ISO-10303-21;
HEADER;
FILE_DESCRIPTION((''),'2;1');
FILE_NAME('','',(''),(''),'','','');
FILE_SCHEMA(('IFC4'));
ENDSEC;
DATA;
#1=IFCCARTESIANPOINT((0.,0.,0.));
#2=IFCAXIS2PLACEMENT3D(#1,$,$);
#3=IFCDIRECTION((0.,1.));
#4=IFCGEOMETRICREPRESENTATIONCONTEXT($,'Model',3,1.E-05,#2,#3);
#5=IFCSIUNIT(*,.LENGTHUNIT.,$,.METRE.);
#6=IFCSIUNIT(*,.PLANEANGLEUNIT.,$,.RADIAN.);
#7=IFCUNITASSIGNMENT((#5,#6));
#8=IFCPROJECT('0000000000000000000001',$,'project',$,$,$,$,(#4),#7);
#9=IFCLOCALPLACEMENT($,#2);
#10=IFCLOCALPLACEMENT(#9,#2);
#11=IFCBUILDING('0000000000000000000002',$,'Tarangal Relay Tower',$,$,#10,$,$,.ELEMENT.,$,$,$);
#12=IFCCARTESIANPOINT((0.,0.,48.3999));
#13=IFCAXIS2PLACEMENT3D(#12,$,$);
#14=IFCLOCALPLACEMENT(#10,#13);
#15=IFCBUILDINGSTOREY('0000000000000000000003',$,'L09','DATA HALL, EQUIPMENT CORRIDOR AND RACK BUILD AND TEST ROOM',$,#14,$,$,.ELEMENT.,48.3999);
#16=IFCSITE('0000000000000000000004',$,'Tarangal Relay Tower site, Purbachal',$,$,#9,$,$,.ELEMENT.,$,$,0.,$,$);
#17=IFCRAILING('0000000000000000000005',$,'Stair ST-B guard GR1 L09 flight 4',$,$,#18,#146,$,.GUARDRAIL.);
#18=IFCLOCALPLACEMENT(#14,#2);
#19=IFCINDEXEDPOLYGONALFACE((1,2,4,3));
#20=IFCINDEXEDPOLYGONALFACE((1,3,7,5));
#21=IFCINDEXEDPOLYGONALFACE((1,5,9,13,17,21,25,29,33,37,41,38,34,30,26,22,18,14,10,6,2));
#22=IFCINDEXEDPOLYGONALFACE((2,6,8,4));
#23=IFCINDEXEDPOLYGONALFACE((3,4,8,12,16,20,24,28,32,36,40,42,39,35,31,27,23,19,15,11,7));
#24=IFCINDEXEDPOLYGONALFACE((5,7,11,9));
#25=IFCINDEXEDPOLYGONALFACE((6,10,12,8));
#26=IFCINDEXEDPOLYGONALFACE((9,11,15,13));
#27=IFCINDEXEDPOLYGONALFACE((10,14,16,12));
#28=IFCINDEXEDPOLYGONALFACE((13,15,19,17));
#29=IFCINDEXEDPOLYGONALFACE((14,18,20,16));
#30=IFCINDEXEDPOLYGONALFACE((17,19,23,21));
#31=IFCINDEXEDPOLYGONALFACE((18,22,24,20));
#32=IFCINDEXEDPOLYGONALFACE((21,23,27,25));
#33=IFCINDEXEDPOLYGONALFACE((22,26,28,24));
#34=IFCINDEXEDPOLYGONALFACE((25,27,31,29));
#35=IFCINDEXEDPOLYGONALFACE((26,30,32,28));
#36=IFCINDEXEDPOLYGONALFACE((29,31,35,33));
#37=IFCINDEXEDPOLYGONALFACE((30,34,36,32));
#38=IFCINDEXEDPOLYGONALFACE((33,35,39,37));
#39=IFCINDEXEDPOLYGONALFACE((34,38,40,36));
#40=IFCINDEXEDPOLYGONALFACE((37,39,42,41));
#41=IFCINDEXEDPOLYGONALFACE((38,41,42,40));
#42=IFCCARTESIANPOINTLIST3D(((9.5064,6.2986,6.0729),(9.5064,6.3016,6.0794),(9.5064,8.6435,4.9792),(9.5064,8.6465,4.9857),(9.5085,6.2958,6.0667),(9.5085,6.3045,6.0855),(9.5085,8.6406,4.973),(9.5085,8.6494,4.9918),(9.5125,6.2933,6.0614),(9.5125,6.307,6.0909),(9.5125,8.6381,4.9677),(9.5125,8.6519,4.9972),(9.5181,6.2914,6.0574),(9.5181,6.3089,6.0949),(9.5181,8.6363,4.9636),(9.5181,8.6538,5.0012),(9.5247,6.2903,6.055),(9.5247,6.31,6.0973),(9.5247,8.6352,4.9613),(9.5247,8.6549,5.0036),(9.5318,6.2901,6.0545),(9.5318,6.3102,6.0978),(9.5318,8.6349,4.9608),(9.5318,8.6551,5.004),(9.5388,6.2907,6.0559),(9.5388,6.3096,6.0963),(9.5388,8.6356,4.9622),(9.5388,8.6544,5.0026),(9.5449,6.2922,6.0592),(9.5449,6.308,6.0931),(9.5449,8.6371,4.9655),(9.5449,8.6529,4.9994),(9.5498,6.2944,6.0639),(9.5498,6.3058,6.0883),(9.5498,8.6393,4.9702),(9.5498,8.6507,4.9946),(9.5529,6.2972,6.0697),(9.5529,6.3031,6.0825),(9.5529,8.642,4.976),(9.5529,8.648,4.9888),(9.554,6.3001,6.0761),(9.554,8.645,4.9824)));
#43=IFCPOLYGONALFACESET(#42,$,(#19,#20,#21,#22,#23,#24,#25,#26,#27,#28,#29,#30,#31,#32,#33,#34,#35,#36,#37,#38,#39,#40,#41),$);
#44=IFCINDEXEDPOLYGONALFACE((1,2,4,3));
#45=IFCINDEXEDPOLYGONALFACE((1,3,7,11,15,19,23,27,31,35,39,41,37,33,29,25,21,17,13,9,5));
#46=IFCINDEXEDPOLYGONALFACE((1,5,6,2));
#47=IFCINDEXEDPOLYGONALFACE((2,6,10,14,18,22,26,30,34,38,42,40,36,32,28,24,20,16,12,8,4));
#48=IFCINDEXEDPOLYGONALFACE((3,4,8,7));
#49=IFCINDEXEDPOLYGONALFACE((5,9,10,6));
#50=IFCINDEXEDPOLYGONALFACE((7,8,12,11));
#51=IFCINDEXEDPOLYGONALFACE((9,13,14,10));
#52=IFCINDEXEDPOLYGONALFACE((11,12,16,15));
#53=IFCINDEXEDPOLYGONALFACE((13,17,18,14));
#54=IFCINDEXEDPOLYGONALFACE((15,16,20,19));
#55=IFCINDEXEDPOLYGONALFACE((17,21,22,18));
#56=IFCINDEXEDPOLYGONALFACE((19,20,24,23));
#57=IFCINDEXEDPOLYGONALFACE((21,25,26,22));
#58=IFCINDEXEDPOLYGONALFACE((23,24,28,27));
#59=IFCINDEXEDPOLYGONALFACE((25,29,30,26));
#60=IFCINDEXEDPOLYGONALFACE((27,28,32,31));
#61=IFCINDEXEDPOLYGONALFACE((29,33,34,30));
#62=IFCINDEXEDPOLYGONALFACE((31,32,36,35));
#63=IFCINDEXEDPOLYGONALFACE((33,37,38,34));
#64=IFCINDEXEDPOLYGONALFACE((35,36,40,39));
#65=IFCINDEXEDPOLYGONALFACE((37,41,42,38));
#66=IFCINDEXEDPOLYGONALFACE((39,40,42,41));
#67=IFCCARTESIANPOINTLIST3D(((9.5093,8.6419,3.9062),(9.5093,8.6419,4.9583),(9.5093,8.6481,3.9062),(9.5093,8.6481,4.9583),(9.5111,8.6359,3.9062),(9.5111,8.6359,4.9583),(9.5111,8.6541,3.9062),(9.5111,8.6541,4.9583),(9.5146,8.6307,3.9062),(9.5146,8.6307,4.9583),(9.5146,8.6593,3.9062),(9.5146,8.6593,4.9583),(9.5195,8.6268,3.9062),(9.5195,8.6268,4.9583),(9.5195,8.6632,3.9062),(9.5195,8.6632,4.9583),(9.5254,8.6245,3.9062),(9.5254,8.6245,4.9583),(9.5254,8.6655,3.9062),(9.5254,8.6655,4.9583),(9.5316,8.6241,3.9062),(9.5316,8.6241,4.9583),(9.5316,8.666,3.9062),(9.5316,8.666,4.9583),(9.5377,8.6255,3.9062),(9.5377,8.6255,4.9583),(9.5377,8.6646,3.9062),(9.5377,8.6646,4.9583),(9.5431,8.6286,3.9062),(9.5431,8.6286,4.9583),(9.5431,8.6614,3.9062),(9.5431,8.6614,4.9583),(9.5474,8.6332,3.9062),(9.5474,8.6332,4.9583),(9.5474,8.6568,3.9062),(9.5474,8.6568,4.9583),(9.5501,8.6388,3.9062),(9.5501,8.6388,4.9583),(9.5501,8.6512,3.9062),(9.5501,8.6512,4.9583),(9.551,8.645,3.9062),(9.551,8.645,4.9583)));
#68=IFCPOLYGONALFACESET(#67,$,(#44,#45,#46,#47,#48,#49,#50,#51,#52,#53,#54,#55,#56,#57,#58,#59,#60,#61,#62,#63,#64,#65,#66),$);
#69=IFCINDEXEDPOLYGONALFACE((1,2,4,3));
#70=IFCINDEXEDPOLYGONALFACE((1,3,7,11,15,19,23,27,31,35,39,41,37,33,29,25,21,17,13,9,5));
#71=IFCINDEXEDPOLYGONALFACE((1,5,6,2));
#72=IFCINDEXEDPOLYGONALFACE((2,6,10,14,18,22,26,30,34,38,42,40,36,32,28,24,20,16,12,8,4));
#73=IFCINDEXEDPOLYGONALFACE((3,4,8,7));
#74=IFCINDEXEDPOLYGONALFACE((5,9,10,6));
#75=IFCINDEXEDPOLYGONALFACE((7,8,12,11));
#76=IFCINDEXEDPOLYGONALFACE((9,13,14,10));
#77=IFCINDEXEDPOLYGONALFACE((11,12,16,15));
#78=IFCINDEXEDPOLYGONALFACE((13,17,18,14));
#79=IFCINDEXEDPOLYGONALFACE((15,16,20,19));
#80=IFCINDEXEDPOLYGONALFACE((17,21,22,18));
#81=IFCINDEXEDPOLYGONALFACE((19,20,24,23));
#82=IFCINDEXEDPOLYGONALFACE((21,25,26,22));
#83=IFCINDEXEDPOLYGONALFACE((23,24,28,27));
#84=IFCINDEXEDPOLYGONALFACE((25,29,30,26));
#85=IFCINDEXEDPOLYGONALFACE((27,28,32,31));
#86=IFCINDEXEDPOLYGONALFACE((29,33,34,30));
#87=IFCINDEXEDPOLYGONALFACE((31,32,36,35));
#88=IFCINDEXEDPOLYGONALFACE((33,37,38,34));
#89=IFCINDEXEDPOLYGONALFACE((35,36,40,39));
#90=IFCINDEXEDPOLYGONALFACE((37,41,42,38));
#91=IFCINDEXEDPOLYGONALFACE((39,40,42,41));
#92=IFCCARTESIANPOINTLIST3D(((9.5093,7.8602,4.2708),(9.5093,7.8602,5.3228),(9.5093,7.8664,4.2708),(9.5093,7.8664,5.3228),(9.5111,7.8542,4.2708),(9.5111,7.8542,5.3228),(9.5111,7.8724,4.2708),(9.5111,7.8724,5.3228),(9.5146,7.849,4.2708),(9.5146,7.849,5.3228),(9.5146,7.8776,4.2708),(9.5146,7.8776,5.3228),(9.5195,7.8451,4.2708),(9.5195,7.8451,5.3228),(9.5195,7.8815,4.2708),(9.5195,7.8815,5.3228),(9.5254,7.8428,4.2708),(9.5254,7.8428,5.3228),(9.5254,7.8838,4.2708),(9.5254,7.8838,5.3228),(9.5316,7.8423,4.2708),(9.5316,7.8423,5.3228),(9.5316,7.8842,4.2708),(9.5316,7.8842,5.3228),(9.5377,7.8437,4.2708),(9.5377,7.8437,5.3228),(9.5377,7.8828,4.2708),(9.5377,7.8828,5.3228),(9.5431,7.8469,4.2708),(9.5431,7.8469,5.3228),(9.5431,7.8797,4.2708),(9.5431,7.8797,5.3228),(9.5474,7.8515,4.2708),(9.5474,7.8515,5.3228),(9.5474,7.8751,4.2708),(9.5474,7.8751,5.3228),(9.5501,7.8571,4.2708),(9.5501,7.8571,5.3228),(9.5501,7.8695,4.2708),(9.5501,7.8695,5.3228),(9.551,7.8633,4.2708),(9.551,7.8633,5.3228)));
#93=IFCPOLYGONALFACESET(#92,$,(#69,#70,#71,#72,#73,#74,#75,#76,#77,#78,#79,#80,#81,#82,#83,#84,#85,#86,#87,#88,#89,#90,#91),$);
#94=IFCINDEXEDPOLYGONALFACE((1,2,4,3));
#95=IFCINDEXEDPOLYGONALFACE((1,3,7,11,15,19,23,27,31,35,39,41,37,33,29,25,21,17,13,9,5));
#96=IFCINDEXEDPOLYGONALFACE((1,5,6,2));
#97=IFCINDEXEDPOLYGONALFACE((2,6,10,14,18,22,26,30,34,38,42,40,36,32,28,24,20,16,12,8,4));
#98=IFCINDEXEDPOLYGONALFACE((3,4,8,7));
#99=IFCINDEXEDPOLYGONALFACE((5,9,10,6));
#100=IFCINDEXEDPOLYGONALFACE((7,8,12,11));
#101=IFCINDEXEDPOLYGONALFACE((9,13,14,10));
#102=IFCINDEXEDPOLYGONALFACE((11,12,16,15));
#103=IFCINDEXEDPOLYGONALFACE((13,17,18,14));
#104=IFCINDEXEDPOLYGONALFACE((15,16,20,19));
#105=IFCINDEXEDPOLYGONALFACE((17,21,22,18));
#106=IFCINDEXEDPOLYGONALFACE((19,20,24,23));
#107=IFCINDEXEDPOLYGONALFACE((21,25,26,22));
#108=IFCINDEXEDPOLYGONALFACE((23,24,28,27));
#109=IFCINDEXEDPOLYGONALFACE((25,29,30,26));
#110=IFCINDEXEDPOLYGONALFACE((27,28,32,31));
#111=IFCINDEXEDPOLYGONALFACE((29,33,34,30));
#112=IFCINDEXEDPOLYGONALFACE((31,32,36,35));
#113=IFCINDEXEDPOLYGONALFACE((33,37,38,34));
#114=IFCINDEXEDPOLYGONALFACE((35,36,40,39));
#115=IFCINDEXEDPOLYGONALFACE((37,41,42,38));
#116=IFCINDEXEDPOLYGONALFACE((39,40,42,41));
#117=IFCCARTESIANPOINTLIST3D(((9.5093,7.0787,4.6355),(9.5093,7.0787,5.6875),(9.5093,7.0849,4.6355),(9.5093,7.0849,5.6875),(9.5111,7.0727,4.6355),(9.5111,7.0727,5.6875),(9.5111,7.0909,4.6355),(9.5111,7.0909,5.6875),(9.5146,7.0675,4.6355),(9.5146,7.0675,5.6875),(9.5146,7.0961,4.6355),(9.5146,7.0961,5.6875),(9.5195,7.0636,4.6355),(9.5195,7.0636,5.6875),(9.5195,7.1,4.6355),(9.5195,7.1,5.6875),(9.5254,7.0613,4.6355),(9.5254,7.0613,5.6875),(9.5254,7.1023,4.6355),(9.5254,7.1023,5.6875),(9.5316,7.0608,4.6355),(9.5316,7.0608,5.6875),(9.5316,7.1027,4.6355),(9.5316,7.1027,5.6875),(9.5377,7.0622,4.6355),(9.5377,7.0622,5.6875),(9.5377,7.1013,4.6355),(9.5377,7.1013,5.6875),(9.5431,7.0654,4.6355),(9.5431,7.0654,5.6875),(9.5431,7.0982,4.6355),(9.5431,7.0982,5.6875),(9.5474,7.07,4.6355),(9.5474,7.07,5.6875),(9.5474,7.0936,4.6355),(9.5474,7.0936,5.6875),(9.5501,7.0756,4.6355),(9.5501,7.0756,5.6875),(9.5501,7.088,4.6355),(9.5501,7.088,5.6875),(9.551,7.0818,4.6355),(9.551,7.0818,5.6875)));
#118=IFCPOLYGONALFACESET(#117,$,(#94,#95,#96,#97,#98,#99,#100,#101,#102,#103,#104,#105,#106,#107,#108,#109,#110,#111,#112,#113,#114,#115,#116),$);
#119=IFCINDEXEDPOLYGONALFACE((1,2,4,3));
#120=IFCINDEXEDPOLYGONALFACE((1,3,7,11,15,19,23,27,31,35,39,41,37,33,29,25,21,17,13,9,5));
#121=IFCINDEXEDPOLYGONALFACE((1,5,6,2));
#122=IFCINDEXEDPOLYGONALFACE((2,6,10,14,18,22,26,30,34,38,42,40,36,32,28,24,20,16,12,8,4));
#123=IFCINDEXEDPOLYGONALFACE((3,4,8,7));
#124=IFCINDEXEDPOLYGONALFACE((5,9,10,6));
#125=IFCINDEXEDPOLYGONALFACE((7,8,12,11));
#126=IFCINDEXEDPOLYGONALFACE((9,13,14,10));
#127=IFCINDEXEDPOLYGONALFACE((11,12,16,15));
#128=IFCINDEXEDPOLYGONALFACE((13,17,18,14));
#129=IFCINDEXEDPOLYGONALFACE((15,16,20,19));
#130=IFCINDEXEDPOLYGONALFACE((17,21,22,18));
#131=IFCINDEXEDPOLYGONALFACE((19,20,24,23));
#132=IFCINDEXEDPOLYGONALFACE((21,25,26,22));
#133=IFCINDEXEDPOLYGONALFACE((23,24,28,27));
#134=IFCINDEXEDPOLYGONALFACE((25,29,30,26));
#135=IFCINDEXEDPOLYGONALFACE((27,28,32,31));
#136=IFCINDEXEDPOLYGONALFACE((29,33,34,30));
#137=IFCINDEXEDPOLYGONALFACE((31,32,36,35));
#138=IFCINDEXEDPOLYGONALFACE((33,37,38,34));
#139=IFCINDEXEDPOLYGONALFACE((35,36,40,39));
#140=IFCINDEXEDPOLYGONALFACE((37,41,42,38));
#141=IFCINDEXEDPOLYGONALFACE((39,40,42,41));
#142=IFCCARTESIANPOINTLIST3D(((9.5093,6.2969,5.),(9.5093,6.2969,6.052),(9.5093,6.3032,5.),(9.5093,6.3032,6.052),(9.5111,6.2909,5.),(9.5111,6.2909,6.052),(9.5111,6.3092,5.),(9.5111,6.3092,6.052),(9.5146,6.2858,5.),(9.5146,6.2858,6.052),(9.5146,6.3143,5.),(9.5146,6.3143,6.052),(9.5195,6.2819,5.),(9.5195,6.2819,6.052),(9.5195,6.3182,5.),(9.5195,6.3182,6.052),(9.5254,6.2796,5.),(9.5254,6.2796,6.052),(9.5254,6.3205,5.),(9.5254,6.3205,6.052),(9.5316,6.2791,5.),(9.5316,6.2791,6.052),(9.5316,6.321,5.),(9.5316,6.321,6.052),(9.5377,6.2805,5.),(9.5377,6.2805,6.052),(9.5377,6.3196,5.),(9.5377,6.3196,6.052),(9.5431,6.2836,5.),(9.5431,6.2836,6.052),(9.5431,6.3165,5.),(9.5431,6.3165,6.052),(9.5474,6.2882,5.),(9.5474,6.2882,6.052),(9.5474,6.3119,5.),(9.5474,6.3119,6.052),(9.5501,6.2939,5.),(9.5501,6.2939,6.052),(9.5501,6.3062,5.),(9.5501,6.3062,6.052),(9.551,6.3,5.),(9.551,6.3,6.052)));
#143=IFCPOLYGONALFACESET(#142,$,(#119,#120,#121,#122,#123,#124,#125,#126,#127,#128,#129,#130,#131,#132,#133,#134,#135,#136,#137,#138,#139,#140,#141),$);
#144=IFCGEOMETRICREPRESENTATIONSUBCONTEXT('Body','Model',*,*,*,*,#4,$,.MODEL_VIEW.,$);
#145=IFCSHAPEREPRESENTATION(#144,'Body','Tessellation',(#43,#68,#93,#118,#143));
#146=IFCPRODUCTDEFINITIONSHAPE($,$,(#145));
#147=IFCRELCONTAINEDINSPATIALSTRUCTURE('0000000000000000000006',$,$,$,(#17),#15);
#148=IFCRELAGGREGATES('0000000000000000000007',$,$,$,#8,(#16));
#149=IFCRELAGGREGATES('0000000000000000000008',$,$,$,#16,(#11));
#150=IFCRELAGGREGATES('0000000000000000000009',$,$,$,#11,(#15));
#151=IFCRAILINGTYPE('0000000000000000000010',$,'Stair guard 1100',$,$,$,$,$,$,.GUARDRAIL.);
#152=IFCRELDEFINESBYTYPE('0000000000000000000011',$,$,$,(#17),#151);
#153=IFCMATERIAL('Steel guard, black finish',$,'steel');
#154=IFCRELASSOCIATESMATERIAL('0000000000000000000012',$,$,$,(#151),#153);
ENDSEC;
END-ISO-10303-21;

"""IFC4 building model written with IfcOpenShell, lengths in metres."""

from ifc_helpers import new_model, si_unit, direction, frame, origin, origin_2d, place, context, subcontext, project, spatial, circle, extrude, material, type_object, element, save


model = new_model("IFC4")

# Units and contexts
model_context = context("Model", 3, precision=1e-05, world=origin(), true_north=direction((0.0, 1.0)))
body_context = subcontext(model_context, "Body", "Model", "MODEL_VIEW")
ifc_project = project(units=[si_unit("LENGTHUNIT", "METRE"), si_unit("PLANEANGLEUNIT", "RADIAN")], contexts=[model_context])

# Site, building, storey
site_placement = place(None, origin())
site = spatial("IfcSite", under=ifc_project, at=site_placement, Name="Tarangal Relay Tower site, Purbachal", CompositionType="ELEMENT", RefElevation=0.0)
building_placement = place(site_placement, origin())
building = spatial("IfcBuilding", under=site, at=building_placement, Name="Tarangal Relay Tower", CompositionType="ELEMENT")
storey_placement = place(building_placement, frame((0.0, 0.0, 48.3999)))
storey = spatial("IfcBuildingStorey", under=building, at=storey_placement, Name="L09", Description="DATA HALL, EQUIPMENT CORRIDOR AND RACK BUILD AND TEST ROOM", CompositionType="ELEMENT", Elevation=48.3999)

# Railing
ifc_material_1 = material(Name="Steel guard, black finish", Category="steel")
railing_type_1 = type_object("IfcRailingType", Name="Stair guard 1100", PredefinedType="GUARDRAIL", material=ifc_material_1)
railing_1_placement = place(storey_placement, frame((9.53, 8.645, 3.9062)))
element("IfcRailing", 1, at=railing_1_placement, inside=storey, type_object=railing_type_1, Name="Stair ST-B guard GR1 L09 flight 4", PredefinedType="GUARDRAIL", context=body_context, shape_type="SweptSolid", body=[
    extrude(circle(Radius=0.0239, at=origin_2d()), frame((0.0, 0.0, 1.0762), z_axis=(0.0, -0.906267, 0.422705), x_axis=(1.0, 0.0, 0.0)), (0.0, 0.0, 1.0), 2.5874),
    extrude(circle(Radius=0.021, at=origin_2d()), origin(), (0.0, 0.0, 1.0), 1.052),
    extrude(circle(Radius=0.021, at=origin_2d()), frame((0.0, -0.7817, 0.3645)), (0.0, 0.0, 1.0), 1.052),
    extrude(circle(Radius=0.021, at=origin_2d()), frame((0.0, -1.5632, 0.7292)), (0.0, 0.0, 1.0), 1.052),
    extrude(circle(Radius=0.021, at=origin_2d()), frame((0.0, -2.345, 1.0938)), (0.0, 0.0, 1.0), 1.052),
])

save(model, "model.ifc")
